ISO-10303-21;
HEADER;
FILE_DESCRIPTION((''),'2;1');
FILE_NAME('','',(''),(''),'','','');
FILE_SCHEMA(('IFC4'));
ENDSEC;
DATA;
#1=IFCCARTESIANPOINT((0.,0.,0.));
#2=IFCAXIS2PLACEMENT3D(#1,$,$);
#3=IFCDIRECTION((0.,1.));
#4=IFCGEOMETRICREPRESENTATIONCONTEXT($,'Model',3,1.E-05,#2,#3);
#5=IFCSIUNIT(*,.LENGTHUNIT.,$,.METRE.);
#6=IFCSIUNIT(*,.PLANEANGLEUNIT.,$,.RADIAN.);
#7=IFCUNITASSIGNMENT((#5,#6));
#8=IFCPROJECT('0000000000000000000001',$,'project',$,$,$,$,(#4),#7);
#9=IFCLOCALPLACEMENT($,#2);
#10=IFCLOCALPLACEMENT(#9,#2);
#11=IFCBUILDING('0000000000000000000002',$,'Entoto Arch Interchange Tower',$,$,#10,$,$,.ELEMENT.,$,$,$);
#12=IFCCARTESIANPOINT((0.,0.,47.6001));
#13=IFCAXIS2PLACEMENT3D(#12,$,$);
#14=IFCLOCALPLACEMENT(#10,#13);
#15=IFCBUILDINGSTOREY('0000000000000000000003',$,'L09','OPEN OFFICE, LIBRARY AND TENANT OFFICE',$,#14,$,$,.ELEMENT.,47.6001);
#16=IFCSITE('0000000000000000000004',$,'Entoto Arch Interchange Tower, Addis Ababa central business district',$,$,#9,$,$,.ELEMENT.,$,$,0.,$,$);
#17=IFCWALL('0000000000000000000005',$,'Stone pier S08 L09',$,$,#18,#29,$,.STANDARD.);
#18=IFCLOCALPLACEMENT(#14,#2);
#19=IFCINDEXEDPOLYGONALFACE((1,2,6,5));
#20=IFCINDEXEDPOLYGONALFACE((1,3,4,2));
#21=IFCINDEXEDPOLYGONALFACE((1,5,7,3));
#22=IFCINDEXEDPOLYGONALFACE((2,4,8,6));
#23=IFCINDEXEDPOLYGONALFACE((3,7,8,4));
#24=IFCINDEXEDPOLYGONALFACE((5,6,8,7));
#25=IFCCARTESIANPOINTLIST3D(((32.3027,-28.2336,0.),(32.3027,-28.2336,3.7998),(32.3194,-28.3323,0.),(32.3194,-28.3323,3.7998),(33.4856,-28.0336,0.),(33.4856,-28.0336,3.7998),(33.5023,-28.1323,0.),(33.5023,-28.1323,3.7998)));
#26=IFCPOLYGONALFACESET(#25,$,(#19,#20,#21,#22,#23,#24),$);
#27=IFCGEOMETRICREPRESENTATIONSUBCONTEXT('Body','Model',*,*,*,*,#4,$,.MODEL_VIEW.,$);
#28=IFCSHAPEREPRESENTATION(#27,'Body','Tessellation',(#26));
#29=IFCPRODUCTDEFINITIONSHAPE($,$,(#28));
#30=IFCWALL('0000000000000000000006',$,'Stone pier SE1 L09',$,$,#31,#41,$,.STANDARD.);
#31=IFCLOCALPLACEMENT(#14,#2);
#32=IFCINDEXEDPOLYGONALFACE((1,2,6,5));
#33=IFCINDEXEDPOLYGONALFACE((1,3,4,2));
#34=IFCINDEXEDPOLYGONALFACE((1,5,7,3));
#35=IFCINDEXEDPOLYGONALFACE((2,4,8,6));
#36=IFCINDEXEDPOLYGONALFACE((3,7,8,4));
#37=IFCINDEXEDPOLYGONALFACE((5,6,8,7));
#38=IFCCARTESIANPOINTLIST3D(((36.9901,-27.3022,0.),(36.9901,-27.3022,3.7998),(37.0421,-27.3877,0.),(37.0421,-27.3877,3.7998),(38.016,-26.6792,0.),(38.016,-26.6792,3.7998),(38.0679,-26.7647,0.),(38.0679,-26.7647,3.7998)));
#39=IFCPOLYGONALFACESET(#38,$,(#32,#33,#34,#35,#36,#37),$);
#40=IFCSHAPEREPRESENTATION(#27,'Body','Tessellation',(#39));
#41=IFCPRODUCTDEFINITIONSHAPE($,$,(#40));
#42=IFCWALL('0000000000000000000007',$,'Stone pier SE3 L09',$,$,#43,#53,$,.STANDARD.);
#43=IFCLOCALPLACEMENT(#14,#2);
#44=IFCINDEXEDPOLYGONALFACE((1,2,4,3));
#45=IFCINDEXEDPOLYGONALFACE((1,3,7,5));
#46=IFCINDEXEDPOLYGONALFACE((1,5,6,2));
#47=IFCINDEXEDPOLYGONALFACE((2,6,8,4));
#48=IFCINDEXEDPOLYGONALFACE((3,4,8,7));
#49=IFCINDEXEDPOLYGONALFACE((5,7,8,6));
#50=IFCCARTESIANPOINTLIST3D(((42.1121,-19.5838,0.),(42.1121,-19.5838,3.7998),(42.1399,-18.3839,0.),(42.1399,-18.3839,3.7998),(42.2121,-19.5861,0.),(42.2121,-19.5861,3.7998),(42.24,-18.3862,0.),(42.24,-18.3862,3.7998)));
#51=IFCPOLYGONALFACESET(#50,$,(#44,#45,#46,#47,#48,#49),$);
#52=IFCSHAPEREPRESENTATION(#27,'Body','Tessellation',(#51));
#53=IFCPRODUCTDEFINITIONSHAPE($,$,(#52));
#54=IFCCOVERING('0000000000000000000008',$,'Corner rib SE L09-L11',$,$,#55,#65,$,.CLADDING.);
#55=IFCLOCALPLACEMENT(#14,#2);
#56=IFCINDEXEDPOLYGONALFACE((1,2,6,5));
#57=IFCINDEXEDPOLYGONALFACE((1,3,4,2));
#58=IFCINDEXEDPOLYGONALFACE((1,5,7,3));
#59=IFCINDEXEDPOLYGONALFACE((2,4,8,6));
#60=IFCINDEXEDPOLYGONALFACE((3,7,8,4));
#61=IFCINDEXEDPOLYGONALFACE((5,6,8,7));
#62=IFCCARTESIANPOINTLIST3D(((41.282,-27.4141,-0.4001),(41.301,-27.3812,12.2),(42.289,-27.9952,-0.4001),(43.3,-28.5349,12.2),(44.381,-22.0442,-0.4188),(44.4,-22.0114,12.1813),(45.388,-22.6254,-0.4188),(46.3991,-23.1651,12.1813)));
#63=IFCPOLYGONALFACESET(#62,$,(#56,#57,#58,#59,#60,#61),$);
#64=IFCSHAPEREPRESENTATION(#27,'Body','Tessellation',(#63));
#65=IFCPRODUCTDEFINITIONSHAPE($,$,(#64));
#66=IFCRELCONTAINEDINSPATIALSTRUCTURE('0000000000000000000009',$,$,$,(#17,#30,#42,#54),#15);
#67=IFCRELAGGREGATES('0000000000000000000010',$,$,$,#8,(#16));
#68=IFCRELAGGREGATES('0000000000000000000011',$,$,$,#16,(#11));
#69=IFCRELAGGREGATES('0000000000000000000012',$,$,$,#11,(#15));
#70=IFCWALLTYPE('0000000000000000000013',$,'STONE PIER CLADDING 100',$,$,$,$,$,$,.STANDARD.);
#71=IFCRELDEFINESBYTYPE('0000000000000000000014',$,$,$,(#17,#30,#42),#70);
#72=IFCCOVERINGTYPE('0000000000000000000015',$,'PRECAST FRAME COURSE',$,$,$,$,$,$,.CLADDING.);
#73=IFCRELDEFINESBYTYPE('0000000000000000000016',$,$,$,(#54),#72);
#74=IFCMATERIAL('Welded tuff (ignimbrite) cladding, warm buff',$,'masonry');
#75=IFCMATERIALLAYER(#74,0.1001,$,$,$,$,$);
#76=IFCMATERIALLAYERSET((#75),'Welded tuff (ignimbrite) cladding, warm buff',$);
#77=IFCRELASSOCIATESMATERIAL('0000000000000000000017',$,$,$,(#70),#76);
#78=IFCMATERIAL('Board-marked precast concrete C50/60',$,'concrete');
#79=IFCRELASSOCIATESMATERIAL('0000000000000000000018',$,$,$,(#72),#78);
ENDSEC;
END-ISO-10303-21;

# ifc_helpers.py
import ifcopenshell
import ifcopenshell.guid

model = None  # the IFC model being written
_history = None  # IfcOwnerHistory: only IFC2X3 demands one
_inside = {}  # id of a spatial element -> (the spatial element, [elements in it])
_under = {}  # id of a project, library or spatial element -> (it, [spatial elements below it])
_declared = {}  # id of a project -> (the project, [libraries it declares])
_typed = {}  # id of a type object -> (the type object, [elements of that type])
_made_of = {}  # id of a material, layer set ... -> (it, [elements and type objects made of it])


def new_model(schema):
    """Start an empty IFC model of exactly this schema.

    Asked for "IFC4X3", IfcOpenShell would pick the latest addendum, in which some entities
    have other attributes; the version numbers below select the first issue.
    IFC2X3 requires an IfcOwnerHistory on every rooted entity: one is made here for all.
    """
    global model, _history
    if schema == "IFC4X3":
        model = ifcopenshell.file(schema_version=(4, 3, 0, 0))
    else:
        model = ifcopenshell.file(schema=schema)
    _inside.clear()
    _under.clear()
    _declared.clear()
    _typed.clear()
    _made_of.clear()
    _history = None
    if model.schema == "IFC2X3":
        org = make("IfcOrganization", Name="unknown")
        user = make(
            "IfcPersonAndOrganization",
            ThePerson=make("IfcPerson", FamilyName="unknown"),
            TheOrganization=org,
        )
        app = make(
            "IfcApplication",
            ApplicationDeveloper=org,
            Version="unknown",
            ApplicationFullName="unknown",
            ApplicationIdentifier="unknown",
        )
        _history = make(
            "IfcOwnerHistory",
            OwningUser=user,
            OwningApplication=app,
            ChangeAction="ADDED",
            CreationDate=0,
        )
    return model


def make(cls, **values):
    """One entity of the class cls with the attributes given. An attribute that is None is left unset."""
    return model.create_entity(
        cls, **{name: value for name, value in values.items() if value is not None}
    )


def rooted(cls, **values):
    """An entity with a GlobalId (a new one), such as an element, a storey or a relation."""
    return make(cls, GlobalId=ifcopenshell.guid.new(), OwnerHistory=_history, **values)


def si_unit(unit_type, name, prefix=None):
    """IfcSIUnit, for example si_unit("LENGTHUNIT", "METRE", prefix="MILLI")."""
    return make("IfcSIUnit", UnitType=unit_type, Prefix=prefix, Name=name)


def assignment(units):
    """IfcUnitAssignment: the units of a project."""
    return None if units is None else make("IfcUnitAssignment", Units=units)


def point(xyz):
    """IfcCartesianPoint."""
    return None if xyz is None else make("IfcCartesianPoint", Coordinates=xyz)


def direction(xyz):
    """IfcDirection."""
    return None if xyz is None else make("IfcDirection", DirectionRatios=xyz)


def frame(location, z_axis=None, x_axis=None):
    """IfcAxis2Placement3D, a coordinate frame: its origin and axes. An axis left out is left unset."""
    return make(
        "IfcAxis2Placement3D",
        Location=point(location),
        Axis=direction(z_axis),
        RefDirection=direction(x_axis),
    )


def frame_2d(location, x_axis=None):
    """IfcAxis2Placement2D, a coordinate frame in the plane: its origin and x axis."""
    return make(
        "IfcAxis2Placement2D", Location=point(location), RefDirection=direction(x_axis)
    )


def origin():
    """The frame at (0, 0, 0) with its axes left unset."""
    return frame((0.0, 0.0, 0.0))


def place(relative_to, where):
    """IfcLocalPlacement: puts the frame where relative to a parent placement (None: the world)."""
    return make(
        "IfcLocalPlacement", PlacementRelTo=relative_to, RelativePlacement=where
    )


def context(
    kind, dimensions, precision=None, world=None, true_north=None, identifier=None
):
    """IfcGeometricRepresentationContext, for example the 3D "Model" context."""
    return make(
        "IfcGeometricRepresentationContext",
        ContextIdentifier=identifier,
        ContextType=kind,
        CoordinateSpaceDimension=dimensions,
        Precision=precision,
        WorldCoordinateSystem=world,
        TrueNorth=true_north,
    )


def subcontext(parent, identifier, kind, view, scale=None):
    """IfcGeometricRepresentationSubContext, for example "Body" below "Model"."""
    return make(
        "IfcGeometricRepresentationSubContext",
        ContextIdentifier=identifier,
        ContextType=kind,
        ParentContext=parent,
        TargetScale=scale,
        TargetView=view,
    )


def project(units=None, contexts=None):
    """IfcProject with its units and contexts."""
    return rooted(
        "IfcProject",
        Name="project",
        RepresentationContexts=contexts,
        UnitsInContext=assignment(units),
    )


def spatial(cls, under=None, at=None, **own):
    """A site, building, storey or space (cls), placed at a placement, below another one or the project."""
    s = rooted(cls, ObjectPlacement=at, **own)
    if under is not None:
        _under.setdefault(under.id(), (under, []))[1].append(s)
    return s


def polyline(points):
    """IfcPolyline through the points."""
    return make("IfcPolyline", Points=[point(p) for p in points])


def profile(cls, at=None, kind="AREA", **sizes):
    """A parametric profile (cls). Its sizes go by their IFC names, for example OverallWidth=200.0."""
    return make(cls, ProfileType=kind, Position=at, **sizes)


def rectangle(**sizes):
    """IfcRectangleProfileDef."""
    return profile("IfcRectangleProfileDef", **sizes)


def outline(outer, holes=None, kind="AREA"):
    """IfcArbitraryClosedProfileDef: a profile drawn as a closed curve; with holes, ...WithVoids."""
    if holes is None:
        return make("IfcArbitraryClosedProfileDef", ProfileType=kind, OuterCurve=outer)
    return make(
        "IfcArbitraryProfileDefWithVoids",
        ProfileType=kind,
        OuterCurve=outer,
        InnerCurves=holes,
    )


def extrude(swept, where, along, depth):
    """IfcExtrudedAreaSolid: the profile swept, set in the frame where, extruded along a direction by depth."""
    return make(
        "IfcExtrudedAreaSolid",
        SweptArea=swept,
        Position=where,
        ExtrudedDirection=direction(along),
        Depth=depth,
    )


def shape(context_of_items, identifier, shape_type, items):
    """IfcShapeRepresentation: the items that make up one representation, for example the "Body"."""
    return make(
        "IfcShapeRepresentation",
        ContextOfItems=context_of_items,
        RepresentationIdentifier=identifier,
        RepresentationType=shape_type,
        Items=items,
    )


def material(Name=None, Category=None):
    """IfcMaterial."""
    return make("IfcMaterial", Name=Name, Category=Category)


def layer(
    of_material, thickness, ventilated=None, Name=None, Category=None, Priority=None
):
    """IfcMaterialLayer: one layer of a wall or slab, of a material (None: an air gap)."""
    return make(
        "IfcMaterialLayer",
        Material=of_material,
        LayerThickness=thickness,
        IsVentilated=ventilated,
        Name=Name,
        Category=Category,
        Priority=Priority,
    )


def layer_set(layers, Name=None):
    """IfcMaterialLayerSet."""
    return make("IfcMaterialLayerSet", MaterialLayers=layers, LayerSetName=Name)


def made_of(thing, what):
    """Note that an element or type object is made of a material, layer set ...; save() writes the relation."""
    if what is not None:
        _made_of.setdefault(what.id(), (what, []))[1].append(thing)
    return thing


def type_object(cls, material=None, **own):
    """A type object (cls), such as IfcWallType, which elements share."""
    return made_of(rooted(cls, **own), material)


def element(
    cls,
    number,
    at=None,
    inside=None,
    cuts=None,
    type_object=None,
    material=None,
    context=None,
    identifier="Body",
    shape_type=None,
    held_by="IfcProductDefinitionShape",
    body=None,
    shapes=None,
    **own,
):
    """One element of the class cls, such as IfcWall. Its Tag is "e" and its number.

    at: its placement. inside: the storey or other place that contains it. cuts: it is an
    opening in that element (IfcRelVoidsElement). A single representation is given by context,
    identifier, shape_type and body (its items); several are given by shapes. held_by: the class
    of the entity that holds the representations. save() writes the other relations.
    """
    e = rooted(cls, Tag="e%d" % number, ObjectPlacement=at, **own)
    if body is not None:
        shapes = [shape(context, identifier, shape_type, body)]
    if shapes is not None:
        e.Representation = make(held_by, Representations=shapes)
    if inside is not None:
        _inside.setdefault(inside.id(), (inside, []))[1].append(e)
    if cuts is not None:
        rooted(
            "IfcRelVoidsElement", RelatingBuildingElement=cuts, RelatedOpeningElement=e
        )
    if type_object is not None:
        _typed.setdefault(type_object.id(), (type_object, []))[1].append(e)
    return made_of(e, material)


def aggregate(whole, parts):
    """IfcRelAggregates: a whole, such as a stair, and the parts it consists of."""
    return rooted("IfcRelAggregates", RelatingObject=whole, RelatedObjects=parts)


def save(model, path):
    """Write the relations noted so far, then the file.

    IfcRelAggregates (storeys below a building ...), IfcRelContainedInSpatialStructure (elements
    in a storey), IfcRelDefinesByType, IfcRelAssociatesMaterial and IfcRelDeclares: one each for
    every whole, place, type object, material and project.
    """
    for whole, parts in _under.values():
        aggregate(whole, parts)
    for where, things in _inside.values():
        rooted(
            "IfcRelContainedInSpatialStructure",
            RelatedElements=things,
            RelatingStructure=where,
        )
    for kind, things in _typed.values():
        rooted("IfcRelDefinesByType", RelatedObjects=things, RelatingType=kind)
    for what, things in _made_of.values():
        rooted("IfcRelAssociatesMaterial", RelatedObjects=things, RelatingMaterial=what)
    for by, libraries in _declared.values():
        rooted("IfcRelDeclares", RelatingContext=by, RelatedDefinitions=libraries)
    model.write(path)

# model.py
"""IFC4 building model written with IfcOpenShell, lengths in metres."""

from ifc_helpers import new_model, si_unit, direction, frame, frame_2d, origin, place, context, subcontext, project, spatial, polyline, rectangle, outline, extrude, material, layer, layer_set, type_object, element, save


model = new_model("IFC4")

# Units and contexts
model_context = context("Model", 3, precision=1e-05, world=origin(), true_north=direction((0.0, 1.0)))
body_context = subcontext(model_context, "Body", "Model", "MODEL_VIEW")
ifc_project = project(units=[si_unit("LENGTHUNIT", "METRE"), si_unit("PLANEANGLEUNIT", "RADIAN")], contexts=[model_context])

# Site, building, storey
site_placement = place(None, origin())
site = spatial("IfcSite", under=ifc_project, at=site_placement, Name="Entoto Arch Interchange Tower, Addis Ababa central business district", CompositionType="ELEMENT", RefElevation=0.0)
building_placement = place(site_placement, origin())
building = spatial("IfcBuilding", under=site, at=building_placement, Name="Entoto Arch Interchange Tower", CompositionType="ELEMENT")
storey_placement = place(building_placement, frame((0.0, 0.0, 47.6001)))
storey = spatial("IfcBuildingStorey", under=building, at=storey_placement, Name="L09", Description="OPEN OFFICE, LIBRARY AND TENANT OFFICE", CompositionType="ELEMENT", Elevation=47.6001)

# Shared definitions
ifc_material_1 = material(Name="Welded tuff (ignimbrite) cladding, warm buff", Category="masonry")

# Walls
ifc_layer_1 = layer(ifc_material_1, 0.1001)
ifc_layer_set_1 = layer_set([ifc_layer_1], Name="Welded tuff (ignimbrite) cladding, warm buff")
wall_type_1 = type_object("IfcWallType", Name="STONE PIER CLADDING 100", PredefinedType="STANDARD", material=ifc_layer_set_1)
wall_1_placement = place(storey_placement, frame((32.311, -28.283, 0.0), z_axis=(0.0, 0.0, 1.0), x_axis=(0.986012, 0.166676, 0.0)))
element("IfcWall", 1, at=wall_1_placement, inside=storey, type_object=wall_type_1, Name="Stone pier S08 L09", PredefinedType="STANDARD", context=body_context, shape_type="SweptSolid", body=[
    extrude(rectangle(XDim=1.1997, YDim=0.1001, at=frame_2d((0.5999, 0.0))), origin(), (0.0, 0.0, 1.0), 3.7998),
])
for number, where, z_axis, x_axis, name in (
    (2, (37.0161, -27.345, 0.0), (0.0, 0.0, 1.0), (0.854717, 0.519095, 0.0), "Stone pier SE1 L09"),
    (3, (42.1621, -19.585, 0.0), (0.0, 0.0, 1.0), (0.023188, 0.999731, 0.0), "Stone pier SE3 L09"),
):
    element("IfcWall", number, at=place(storey_placement, frame(where, z_axis=z_axis, x_axis=x_axis)), inside=storey, type_object=wall_type_1, Name=name, PredefinedType="STANDARD", context=body_context, shape_type="SweptSolid", body=[
        extrude(rectangle(XDim=1.2002, YDim=0.1001, at=frame_2d((0.6001, 0.0))), origin(), (0.0, 0.0, 1.0), 3.7998),
    ])

# Covering
ifc_material_2 = material(Name="Board-marked precast concrete C50/60", Category="concrete")
covering_type = type_object("IfcCoveringType", Name="PRECAST FRAME COURSE", PredefinedType="CLADDING", material=ifc_material_2)
covering_1_placement = place(storey_placement, frame((41.282, -27.4141, -0.4001), z_axis=(-0.499844, -0.86611, 0.003011), x_axis=(0.866114, -0.499846, 0.0)))
element("IfcCovering", 4, at=covering_1_placement, inside=storey, type_object=covering_type, Name="Corner rib SE L09-L11", PredefinedType="CLADDING", context=body_context, shape_type="SweptSolid", body=[
    extrude(outline(polyline([(0.0, 0.0), (1.1627, 0.0), (2.3081, 12.6002), (0.0, 12.6002), (0.0, 0.0)])), origin(), (0.0, 0.0, -1.0), 6.2),
])

save(model, "model.ifc")
